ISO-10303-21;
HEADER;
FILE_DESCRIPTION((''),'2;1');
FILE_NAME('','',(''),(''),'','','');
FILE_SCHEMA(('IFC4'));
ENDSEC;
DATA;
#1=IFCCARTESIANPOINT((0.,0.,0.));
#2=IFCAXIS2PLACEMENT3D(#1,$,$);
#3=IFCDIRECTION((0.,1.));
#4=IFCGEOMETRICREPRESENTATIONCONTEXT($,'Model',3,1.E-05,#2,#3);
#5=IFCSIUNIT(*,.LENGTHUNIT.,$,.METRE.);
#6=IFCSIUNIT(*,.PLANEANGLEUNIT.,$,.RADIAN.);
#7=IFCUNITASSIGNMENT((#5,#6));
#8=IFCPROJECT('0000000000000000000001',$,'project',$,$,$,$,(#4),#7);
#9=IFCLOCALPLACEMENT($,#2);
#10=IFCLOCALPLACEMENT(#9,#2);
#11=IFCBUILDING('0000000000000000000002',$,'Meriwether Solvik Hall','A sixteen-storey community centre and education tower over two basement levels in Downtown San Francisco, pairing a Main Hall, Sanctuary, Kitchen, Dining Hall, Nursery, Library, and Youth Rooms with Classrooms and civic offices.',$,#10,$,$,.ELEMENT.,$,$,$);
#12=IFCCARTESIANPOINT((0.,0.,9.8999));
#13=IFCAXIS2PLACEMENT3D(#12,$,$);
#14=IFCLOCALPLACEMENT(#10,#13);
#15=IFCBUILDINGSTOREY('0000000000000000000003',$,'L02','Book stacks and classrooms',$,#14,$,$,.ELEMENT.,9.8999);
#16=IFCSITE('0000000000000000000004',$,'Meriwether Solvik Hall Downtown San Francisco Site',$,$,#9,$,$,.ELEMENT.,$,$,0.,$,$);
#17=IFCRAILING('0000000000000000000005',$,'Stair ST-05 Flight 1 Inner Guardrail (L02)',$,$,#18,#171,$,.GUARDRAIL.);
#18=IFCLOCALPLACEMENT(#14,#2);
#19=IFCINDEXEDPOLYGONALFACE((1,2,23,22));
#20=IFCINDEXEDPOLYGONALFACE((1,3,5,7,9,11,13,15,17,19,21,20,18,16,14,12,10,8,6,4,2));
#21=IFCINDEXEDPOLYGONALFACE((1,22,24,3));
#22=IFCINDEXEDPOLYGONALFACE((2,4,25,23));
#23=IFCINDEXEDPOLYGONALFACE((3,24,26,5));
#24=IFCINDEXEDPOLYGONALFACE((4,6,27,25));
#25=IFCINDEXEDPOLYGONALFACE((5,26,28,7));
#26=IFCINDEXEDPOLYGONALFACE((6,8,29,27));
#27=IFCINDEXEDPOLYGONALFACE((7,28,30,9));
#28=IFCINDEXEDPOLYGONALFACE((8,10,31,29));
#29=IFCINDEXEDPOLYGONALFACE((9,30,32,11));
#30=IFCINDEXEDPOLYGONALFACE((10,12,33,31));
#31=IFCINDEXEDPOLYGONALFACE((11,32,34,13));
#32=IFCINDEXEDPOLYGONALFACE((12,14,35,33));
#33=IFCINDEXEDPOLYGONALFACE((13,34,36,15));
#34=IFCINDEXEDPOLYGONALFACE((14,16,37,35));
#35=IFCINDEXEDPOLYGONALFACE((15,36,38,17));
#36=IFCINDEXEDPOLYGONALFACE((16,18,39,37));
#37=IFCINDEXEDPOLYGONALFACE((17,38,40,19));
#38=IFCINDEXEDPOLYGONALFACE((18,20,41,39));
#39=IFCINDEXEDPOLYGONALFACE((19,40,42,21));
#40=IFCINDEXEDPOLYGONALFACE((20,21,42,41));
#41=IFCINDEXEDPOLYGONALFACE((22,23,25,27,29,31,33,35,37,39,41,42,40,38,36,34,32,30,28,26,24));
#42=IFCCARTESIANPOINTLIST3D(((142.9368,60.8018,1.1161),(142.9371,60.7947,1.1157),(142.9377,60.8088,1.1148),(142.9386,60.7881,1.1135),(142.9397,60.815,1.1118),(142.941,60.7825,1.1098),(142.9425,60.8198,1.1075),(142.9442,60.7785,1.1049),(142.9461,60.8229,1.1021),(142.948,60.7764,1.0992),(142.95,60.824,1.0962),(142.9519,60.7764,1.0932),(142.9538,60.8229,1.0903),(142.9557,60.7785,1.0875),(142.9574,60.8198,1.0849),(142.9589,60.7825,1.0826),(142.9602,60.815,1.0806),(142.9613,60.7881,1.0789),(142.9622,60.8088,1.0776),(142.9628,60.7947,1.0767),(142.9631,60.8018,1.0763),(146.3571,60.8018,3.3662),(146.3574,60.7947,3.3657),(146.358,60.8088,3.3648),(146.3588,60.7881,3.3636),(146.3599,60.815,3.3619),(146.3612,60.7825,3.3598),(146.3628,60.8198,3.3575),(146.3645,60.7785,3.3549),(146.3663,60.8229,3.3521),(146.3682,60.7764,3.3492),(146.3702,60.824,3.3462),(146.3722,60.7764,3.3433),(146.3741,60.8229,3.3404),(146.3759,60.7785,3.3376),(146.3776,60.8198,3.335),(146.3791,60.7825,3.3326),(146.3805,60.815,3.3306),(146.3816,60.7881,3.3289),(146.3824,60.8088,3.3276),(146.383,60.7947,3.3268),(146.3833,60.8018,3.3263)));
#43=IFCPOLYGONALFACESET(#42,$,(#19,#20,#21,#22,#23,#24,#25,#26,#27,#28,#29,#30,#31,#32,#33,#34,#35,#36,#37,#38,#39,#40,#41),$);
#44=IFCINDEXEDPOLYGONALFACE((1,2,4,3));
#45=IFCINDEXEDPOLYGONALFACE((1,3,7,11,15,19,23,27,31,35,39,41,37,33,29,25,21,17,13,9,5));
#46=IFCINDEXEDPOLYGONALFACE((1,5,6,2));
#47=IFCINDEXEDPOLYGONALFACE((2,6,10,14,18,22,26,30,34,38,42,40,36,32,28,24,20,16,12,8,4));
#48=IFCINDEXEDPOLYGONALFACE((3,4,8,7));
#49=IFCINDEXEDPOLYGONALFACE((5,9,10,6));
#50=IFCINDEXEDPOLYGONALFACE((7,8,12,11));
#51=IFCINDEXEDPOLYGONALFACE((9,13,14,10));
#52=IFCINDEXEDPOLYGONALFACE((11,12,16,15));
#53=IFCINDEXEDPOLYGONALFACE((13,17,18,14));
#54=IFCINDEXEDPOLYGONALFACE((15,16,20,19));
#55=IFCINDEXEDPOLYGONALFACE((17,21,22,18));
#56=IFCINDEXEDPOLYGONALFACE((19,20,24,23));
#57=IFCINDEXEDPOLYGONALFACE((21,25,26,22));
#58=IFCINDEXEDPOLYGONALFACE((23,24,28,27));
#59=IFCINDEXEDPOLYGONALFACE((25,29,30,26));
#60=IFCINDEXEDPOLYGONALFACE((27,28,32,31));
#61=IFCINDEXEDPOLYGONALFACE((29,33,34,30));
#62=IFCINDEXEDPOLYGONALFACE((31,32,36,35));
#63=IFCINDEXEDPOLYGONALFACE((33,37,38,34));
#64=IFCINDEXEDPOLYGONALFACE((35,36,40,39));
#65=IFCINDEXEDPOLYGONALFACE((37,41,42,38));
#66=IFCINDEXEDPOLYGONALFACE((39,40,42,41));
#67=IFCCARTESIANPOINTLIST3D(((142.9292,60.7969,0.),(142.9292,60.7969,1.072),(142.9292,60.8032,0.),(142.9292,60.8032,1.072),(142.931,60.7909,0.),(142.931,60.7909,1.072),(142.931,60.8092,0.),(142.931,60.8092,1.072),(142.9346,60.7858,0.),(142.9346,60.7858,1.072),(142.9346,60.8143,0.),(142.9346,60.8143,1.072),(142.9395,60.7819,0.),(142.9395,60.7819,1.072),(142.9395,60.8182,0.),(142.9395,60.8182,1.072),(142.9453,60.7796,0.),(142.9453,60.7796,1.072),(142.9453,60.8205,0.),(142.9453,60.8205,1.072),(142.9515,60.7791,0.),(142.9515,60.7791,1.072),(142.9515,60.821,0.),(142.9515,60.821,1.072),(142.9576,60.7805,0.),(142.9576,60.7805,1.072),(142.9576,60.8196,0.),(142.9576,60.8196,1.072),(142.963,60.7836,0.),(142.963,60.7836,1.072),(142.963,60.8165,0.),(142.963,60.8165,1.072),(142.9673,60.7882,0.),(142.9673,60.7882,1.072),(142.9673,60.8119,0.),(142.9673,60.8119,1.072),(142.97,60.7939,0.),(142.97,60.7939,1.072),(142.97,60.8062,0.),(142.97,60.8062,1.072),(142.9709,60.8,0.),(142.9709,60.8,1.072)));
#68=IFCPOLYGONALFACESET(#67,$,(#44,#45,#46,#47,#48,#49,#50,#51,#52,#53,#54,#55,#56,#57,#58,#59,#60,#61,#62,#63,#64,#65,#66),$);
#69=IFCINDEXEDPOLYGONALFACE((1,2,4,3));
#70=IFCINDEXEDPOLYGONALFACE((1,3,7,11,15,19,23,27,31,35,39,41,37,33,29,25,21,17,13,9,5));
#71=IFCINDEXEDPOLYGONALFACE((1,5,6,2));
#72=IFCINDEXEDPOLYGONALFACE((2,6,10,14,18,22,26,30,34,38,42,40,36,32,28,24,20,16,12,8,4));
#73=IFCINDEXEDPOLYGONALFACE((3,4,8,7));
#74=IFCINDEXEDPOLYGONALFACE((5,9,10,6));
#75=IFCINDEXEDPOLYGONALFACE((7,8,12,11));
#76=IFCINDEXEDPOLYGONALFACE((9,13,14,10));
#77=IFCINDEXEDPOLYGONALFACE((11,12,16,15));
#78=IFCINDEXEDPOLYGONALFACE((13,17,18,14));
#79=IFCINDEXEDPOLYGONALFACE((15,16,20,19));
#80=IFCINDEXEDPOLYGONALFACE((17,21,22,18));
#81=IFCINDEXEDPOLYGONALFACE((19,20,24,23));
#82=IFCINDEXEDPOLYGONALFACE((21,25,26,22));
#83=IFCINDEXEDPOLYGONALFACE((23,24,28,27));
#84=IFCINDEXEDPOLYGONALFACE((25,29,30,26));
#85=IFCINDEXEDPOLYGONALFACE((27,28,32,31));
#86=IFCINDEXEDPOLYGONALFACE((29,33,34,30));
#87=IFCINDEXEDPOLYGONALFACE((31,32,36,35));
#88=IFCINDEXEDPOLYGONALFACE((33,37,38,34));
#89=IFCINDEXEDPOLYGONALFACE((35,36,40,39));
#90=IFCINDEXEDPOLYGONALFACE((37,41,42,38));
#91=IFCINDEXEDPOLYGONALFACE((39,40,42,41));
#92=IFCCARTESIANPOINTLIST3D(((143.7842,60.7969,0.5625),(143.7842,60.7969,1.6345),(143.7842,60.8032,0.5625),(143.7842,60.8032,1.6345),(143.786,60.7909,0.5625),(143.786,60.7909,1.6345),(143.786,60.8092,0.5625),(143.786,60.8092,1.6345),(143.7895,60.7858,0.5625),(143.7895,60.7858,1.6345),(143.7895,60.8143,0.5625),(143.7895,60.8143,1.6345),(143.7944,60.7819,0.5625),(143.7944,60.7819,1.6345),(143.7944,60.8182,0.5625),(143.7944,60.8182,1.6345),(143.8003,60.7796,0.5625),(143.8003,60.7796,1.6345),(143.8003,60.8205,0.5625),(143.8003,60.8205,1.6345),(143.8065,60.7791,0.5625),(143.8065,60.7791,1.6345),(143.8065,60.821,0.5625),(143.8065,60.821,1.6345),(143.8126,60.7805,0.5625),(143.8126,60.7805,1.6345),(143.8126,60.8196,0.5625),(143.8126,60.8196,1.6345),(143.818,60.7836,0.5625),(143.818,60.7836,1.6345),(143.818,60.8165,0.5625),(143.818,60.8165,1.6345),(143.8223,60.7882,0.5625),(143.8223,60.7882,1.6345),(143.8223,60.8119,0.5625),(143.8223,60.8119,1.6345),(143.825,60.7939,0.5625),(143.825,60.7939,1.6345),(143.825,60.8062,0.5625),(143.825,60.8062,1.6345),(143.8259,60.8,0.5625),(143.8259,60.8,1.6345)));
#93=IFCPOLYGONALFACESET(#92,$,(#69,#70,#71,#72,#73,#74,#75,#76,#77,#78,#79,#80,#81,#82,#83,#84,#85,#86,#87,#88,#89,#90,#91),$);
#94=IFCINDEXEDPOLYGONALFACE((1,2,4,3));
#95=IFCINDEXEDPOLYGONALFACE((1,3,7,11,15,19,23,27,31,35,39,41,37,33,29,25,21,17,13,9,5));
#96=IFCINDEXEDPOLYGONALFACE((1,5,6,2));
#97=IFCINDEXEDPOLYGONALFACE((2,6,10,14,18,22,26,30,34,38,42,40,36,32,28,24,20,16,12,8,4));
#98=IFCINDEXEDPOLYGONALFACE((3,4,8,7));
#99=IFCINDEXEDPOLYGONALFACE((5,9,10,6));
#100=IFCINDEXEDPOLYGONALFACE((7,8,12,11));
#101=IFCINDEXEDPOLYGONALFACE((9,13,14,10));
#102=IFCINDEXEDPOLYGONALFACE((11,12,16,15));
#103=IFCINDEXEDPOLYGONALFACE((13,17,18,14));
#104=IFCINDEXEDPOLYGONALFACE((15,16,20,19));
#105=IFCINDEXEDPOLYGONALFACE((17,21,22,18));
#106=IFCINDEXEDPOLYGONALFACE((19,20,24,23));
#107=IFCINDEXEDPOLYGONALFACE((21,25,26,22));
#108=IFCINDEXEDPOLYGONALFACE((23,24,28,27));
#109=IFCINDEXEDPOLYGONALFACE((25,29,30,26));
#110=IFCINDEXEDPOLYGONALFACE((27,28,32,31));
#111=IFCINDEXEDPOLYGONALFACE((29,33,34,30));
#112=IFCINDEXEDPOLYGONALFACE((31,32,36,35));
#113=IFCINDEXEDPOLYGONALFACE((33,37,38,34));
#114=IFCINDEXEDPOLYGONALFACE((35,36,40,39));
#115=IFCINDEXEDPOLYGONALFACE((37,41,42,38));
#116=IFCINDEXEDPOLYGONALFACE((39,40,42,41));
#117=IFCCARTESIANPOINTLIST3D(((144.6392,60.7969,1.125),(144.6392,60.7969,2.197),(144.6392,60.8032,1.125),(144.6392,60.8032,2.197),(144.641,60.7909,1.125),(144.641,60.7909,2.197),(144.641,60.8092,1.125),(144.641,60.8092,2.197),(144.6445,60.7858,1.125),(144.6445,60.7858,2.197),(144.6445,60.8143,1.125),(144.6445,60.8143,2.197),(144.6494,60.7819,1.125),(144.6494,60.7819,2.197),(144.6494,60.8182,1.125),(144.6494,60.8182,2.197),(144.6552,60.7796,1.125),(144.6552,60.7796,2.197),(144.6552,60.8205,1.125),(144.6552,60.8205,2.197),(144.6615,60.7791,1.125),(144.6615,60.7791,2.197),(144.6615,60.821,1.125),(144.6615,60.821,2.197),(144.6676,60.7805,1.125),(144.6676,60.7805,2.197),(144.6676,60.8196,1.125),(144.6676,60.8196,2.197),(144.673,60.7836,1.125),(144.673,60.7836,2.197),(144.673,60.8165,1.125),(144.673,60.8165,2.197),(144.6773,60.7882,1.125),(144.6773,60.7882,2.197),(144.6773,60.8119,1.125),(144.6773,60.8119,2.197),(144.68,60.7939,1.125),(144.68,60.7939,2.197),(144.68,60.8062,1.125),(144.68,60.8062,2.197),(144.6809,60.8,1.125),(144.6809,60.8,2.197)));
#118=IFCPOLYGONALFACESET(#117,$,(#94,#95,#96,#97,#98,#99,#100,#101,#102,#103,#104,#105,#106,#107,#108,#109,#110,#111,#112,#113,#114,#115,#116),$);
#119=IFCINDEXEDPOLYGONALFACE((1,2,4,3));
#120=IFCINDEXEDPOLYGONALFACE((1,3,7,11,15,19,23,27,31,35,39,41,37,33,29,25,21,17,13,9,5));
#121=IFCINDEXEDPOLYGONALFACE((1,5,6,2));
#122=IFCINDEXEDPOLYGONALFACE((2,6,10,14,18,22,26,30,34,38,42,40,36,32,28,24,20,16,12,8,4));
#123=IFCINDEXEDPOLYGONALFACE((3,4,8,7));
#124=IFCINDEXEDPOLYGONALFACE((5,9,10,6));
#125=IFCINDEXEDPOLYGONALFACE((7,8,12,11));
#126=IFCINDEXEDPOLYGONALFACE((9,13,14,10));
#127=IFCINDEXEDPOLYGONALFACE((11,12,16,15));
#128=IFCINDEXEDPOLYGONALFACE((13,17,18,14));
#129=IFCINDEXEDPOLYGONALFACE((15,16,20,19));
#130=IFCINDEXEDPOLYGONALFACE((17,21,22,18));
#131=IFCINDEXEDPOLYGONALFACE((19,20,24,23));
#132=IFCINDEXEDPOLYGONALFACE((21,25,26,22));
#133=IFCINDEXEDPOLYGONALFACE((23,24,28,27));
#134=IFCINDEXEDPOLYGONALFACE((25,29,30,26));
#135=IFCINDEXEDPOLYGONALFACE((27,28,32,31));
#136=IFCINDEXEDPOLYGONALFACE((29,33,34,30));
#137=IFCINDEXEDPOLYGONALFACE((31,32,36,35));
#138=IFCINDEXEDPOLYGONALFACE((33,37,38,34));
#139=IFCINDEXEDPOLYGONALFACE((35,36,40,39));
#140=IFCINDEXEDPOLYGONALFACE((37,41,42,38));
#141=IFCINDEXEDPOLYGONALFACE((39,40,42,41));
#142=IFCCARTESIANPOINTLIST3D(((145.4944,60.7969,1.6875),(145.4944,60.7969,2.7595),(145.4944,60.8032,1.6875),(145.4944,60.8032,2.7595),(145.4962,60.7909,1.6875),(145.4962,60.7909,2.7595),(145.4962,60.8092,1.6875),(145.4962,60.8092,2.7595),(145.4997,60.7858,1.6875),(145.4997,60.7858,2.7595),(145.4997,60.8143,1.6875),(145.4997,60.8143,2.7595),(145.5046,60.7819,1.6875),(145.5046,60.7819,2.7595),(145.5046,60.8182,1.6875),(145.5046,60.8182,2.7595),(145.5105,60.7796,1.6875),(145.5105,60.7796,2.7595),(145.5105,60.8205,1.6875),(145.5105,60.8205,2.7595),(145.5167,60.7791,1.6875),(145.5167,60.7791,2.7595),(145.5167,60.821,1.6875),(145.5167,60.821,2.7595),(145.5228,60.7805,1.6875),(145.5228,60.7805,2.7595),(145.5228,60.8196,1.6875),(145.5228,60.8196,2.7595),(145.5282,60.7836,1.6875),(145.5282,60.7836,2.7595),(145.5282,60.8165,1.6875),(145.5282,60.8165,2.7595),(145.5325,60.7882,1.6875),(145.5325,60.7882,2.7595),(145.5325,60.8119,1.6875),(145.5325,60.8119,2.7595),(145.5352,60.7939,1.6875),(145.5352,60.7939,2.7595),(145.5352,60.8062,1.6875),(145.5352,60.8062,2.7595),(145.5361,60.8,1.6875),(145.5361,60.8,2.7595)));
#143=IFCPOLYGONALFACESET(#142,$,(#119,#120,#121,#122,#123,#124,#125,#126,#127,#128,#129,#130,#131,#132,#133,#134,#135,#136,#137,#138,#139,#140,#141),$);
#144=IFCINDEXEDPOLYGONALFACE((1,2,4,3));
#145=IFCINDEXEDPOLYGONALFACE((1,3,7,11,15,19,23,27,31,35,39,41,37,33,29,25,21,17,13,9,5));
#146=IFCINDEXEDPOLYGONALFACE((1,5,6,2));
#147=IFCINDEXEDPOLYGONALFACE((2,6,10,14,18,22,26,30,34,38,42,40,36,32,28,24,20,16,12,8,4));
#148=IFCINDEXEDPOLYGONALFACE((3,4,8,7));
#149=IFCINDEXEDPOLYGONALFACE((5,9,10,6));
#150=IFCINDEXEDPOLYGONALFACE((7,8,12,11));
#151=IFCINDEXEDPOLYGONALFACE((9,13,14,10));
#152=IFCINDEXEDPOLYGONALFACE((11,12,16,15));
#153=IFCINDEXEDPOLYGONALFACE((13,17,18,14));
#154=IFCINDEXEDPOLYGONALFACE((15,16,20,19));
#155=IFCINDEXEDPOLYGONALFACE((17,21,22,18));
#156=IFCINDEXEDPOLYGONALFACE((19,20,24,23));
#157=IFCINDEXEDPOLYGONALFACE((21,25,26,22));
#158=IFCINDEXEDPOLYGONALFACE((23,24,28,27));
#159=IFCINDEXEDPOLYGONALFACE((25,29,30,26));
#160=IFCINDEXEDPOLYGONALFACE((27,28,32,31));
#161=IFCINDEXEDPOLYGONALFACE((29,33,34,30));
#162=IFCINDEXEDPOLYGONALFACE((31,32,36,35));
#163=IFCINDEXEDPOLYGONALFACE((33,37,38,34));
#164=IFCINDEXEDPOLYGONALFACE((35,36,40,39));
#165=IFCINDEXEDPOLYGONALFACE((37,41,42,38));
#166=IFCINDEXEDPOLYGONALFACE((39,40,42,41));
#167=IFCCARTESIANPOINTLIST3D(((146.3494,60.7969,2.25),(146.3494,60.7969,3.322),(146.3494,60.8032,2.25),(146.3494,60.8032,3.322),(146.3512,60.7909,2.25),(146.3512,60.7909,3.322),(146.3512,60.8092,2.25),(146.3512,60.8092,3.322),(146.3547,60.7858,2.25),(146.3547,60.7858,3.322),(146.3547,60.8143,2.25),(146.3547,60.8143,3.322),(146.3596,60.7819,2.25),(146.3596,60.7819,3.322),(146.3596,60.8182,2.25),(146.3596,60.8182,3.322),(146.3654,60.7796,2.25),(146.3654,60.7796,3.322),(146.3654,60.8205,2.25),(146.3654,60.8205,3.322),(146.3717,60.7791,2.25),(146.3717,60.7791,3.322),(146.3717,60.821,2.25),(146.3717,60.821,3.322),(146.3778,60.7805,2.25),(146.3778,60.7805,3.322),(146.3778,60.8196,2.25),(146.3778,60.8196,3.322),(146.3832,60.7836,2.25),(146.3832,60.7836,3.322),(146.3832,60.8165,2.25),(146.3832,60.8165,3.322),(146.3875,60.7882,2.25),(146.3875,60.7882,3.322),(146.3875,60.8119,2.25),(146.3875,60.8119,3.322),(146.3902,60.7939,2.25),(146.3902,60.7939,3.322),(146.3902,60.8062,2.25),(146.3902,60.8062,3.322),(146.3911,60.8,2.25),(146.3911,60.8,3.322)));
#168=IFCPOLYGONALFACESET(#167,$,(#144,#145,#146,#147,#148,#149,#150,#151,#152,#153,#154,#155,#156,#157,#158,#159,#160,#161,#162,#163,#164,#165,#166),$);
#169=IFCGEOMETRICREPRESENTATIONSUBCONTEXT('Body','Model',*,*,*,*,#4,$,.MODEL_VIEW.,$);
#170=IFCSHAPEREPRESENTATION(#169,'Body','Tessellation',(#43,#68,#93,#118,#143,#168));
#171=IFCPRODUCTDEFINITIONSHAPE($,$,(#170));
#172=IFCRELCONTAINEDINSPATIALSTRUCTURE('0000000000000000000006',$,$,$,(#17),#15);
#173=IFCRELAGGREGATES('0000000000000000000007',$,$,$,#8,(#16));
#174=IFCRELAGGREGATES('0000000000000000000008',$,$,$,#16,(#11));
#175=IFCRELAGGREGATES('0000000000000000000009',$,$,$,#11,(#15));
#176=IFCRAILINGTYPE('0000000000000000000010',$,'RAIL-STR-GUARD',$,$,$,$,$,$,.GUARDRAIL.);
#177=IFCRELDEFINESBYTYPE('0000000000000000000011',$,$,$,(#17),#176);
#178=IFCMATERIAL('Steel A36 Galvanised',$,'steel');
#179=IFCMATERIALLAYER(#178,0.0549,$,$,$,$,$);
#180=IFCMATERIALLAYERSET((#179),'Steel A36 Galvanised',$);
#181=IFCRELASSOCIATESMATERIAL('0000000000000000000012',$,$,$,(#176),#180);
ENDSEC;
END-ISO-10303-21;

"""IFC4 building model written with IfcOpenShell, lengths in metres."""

from ifc_helpers import new_model, si_unit, direction, frame, origin, origin_2d, place, context, subcontext, project, spatial, circle, extrude, material, layer, layer_set, type_object, element, save


model = new_model("IFC4")

# Units and contexts
model_context = context("Model", 3, precision=1e-05, world=origin(), true_north=direction((0.0, 1.0)))
body_context = subcontext(model_context, "Body", "Model", "MODEL_VIEW")
ifc_project = project(units=[si_unit("LENGTHUNIT", "METRE"), si_unit("PLANEANGLEUNIT", "RADIAN")], contexts=[model_context])

# Site, building, storey
site_placement = place(None, origin())
site = spatial("IfcSite", under=ifc_project, at=site_placement, Name="Meriwether Solvik Hall Downtown San Francisco Site", CompositionType="ELEMENT", RefElevation=0.0)
building_placement = place(site_placement, origin())
building = spatial("IfcBuilding", under=site, at=building_placement, Name="Meriwether Solvik Hall", Description="A sixteen-storey community centre and education tower over two basement levels in Downtown San Francisco, pairing a Main Hall, Sanctuary, Kitchen, Dining Hall, Nursery, Library, and Youth Rooms with Classrooms and civic offices.", CompositionType="ELEMENT")
storey_placement = place(building_placement, frame((0.0, 0.0, 9.8999)))
storey = spatial("IfcBuildingStorey", under=building, at=storey_placement, Name="L02", Description="Book stacks and classrooms", CompositionType="ELEMENT", Elevation=9.8999)

# Railing
ifc_material_1 = material(Name="Steel A36 Galvanised", Category="steel")
ifc_layer_1 = layer(ifc_material_1, 0.0549)
ifc_layer_set_1 = layer_set([ifc_layer_1], Name="Steel A36 Galvanised")
railing_type_1 = type_object("IfcRailingType", Name="RAIL-STR-GUARD", PredefinedType="GUARDRAIL", material=ifc_layer_set_1)
railing_1_placement = place(storey_placement, frame((142.95, 60.8, 0.0)))
element("IfcRailing", 1, at=railing_1_placement, inside=storey, type_object=railing_type_1, Name="Stair ST-05 Flight 1 Inner Guardrail (L02)", PredefinedType="GUARDRAIL", context=body_context, shape_type="SweptSolid", body=[
    extrude(circle(Radius=0.0239, at=origin_2d()), frame((0.0, 0.0, 1.0962), z_axis=(0.835429, 0.0, 0.549598), x_axis=(0.0, 1.0, 0.0)), (0.0, 0.0, 1.0), 4.094),
    extrude(circle(Radius=0.021, at=origin_2d()), origin(), (0.0, 0.0, 1.0), 1.072),
    extrude(circle(Radius=0.021, at=origin_2d()), frame((0.855, 0.0, 0.5625)), (0.0, 0.0, 1.0), 1.072),
    extrude(circle(Radius=0.021, at=origin_2d()), frame((1.71, 0.0, 1.125)), (0.0, 0.0, 1.0), 1.072),
    extrude(circle(Radius=0.021, at=origin_2d()), frame((2.5652, 0.0, 1.6875)), (0.0, 0.0, 1.0), 1.072),
    extrude(circle(Radius=0.021, at=origin_2d()), frame((3.4202, 0.0, 2.25)), (0.0, 0.0, 1.0), 1.072),
])

save(model, "model.ifc")
